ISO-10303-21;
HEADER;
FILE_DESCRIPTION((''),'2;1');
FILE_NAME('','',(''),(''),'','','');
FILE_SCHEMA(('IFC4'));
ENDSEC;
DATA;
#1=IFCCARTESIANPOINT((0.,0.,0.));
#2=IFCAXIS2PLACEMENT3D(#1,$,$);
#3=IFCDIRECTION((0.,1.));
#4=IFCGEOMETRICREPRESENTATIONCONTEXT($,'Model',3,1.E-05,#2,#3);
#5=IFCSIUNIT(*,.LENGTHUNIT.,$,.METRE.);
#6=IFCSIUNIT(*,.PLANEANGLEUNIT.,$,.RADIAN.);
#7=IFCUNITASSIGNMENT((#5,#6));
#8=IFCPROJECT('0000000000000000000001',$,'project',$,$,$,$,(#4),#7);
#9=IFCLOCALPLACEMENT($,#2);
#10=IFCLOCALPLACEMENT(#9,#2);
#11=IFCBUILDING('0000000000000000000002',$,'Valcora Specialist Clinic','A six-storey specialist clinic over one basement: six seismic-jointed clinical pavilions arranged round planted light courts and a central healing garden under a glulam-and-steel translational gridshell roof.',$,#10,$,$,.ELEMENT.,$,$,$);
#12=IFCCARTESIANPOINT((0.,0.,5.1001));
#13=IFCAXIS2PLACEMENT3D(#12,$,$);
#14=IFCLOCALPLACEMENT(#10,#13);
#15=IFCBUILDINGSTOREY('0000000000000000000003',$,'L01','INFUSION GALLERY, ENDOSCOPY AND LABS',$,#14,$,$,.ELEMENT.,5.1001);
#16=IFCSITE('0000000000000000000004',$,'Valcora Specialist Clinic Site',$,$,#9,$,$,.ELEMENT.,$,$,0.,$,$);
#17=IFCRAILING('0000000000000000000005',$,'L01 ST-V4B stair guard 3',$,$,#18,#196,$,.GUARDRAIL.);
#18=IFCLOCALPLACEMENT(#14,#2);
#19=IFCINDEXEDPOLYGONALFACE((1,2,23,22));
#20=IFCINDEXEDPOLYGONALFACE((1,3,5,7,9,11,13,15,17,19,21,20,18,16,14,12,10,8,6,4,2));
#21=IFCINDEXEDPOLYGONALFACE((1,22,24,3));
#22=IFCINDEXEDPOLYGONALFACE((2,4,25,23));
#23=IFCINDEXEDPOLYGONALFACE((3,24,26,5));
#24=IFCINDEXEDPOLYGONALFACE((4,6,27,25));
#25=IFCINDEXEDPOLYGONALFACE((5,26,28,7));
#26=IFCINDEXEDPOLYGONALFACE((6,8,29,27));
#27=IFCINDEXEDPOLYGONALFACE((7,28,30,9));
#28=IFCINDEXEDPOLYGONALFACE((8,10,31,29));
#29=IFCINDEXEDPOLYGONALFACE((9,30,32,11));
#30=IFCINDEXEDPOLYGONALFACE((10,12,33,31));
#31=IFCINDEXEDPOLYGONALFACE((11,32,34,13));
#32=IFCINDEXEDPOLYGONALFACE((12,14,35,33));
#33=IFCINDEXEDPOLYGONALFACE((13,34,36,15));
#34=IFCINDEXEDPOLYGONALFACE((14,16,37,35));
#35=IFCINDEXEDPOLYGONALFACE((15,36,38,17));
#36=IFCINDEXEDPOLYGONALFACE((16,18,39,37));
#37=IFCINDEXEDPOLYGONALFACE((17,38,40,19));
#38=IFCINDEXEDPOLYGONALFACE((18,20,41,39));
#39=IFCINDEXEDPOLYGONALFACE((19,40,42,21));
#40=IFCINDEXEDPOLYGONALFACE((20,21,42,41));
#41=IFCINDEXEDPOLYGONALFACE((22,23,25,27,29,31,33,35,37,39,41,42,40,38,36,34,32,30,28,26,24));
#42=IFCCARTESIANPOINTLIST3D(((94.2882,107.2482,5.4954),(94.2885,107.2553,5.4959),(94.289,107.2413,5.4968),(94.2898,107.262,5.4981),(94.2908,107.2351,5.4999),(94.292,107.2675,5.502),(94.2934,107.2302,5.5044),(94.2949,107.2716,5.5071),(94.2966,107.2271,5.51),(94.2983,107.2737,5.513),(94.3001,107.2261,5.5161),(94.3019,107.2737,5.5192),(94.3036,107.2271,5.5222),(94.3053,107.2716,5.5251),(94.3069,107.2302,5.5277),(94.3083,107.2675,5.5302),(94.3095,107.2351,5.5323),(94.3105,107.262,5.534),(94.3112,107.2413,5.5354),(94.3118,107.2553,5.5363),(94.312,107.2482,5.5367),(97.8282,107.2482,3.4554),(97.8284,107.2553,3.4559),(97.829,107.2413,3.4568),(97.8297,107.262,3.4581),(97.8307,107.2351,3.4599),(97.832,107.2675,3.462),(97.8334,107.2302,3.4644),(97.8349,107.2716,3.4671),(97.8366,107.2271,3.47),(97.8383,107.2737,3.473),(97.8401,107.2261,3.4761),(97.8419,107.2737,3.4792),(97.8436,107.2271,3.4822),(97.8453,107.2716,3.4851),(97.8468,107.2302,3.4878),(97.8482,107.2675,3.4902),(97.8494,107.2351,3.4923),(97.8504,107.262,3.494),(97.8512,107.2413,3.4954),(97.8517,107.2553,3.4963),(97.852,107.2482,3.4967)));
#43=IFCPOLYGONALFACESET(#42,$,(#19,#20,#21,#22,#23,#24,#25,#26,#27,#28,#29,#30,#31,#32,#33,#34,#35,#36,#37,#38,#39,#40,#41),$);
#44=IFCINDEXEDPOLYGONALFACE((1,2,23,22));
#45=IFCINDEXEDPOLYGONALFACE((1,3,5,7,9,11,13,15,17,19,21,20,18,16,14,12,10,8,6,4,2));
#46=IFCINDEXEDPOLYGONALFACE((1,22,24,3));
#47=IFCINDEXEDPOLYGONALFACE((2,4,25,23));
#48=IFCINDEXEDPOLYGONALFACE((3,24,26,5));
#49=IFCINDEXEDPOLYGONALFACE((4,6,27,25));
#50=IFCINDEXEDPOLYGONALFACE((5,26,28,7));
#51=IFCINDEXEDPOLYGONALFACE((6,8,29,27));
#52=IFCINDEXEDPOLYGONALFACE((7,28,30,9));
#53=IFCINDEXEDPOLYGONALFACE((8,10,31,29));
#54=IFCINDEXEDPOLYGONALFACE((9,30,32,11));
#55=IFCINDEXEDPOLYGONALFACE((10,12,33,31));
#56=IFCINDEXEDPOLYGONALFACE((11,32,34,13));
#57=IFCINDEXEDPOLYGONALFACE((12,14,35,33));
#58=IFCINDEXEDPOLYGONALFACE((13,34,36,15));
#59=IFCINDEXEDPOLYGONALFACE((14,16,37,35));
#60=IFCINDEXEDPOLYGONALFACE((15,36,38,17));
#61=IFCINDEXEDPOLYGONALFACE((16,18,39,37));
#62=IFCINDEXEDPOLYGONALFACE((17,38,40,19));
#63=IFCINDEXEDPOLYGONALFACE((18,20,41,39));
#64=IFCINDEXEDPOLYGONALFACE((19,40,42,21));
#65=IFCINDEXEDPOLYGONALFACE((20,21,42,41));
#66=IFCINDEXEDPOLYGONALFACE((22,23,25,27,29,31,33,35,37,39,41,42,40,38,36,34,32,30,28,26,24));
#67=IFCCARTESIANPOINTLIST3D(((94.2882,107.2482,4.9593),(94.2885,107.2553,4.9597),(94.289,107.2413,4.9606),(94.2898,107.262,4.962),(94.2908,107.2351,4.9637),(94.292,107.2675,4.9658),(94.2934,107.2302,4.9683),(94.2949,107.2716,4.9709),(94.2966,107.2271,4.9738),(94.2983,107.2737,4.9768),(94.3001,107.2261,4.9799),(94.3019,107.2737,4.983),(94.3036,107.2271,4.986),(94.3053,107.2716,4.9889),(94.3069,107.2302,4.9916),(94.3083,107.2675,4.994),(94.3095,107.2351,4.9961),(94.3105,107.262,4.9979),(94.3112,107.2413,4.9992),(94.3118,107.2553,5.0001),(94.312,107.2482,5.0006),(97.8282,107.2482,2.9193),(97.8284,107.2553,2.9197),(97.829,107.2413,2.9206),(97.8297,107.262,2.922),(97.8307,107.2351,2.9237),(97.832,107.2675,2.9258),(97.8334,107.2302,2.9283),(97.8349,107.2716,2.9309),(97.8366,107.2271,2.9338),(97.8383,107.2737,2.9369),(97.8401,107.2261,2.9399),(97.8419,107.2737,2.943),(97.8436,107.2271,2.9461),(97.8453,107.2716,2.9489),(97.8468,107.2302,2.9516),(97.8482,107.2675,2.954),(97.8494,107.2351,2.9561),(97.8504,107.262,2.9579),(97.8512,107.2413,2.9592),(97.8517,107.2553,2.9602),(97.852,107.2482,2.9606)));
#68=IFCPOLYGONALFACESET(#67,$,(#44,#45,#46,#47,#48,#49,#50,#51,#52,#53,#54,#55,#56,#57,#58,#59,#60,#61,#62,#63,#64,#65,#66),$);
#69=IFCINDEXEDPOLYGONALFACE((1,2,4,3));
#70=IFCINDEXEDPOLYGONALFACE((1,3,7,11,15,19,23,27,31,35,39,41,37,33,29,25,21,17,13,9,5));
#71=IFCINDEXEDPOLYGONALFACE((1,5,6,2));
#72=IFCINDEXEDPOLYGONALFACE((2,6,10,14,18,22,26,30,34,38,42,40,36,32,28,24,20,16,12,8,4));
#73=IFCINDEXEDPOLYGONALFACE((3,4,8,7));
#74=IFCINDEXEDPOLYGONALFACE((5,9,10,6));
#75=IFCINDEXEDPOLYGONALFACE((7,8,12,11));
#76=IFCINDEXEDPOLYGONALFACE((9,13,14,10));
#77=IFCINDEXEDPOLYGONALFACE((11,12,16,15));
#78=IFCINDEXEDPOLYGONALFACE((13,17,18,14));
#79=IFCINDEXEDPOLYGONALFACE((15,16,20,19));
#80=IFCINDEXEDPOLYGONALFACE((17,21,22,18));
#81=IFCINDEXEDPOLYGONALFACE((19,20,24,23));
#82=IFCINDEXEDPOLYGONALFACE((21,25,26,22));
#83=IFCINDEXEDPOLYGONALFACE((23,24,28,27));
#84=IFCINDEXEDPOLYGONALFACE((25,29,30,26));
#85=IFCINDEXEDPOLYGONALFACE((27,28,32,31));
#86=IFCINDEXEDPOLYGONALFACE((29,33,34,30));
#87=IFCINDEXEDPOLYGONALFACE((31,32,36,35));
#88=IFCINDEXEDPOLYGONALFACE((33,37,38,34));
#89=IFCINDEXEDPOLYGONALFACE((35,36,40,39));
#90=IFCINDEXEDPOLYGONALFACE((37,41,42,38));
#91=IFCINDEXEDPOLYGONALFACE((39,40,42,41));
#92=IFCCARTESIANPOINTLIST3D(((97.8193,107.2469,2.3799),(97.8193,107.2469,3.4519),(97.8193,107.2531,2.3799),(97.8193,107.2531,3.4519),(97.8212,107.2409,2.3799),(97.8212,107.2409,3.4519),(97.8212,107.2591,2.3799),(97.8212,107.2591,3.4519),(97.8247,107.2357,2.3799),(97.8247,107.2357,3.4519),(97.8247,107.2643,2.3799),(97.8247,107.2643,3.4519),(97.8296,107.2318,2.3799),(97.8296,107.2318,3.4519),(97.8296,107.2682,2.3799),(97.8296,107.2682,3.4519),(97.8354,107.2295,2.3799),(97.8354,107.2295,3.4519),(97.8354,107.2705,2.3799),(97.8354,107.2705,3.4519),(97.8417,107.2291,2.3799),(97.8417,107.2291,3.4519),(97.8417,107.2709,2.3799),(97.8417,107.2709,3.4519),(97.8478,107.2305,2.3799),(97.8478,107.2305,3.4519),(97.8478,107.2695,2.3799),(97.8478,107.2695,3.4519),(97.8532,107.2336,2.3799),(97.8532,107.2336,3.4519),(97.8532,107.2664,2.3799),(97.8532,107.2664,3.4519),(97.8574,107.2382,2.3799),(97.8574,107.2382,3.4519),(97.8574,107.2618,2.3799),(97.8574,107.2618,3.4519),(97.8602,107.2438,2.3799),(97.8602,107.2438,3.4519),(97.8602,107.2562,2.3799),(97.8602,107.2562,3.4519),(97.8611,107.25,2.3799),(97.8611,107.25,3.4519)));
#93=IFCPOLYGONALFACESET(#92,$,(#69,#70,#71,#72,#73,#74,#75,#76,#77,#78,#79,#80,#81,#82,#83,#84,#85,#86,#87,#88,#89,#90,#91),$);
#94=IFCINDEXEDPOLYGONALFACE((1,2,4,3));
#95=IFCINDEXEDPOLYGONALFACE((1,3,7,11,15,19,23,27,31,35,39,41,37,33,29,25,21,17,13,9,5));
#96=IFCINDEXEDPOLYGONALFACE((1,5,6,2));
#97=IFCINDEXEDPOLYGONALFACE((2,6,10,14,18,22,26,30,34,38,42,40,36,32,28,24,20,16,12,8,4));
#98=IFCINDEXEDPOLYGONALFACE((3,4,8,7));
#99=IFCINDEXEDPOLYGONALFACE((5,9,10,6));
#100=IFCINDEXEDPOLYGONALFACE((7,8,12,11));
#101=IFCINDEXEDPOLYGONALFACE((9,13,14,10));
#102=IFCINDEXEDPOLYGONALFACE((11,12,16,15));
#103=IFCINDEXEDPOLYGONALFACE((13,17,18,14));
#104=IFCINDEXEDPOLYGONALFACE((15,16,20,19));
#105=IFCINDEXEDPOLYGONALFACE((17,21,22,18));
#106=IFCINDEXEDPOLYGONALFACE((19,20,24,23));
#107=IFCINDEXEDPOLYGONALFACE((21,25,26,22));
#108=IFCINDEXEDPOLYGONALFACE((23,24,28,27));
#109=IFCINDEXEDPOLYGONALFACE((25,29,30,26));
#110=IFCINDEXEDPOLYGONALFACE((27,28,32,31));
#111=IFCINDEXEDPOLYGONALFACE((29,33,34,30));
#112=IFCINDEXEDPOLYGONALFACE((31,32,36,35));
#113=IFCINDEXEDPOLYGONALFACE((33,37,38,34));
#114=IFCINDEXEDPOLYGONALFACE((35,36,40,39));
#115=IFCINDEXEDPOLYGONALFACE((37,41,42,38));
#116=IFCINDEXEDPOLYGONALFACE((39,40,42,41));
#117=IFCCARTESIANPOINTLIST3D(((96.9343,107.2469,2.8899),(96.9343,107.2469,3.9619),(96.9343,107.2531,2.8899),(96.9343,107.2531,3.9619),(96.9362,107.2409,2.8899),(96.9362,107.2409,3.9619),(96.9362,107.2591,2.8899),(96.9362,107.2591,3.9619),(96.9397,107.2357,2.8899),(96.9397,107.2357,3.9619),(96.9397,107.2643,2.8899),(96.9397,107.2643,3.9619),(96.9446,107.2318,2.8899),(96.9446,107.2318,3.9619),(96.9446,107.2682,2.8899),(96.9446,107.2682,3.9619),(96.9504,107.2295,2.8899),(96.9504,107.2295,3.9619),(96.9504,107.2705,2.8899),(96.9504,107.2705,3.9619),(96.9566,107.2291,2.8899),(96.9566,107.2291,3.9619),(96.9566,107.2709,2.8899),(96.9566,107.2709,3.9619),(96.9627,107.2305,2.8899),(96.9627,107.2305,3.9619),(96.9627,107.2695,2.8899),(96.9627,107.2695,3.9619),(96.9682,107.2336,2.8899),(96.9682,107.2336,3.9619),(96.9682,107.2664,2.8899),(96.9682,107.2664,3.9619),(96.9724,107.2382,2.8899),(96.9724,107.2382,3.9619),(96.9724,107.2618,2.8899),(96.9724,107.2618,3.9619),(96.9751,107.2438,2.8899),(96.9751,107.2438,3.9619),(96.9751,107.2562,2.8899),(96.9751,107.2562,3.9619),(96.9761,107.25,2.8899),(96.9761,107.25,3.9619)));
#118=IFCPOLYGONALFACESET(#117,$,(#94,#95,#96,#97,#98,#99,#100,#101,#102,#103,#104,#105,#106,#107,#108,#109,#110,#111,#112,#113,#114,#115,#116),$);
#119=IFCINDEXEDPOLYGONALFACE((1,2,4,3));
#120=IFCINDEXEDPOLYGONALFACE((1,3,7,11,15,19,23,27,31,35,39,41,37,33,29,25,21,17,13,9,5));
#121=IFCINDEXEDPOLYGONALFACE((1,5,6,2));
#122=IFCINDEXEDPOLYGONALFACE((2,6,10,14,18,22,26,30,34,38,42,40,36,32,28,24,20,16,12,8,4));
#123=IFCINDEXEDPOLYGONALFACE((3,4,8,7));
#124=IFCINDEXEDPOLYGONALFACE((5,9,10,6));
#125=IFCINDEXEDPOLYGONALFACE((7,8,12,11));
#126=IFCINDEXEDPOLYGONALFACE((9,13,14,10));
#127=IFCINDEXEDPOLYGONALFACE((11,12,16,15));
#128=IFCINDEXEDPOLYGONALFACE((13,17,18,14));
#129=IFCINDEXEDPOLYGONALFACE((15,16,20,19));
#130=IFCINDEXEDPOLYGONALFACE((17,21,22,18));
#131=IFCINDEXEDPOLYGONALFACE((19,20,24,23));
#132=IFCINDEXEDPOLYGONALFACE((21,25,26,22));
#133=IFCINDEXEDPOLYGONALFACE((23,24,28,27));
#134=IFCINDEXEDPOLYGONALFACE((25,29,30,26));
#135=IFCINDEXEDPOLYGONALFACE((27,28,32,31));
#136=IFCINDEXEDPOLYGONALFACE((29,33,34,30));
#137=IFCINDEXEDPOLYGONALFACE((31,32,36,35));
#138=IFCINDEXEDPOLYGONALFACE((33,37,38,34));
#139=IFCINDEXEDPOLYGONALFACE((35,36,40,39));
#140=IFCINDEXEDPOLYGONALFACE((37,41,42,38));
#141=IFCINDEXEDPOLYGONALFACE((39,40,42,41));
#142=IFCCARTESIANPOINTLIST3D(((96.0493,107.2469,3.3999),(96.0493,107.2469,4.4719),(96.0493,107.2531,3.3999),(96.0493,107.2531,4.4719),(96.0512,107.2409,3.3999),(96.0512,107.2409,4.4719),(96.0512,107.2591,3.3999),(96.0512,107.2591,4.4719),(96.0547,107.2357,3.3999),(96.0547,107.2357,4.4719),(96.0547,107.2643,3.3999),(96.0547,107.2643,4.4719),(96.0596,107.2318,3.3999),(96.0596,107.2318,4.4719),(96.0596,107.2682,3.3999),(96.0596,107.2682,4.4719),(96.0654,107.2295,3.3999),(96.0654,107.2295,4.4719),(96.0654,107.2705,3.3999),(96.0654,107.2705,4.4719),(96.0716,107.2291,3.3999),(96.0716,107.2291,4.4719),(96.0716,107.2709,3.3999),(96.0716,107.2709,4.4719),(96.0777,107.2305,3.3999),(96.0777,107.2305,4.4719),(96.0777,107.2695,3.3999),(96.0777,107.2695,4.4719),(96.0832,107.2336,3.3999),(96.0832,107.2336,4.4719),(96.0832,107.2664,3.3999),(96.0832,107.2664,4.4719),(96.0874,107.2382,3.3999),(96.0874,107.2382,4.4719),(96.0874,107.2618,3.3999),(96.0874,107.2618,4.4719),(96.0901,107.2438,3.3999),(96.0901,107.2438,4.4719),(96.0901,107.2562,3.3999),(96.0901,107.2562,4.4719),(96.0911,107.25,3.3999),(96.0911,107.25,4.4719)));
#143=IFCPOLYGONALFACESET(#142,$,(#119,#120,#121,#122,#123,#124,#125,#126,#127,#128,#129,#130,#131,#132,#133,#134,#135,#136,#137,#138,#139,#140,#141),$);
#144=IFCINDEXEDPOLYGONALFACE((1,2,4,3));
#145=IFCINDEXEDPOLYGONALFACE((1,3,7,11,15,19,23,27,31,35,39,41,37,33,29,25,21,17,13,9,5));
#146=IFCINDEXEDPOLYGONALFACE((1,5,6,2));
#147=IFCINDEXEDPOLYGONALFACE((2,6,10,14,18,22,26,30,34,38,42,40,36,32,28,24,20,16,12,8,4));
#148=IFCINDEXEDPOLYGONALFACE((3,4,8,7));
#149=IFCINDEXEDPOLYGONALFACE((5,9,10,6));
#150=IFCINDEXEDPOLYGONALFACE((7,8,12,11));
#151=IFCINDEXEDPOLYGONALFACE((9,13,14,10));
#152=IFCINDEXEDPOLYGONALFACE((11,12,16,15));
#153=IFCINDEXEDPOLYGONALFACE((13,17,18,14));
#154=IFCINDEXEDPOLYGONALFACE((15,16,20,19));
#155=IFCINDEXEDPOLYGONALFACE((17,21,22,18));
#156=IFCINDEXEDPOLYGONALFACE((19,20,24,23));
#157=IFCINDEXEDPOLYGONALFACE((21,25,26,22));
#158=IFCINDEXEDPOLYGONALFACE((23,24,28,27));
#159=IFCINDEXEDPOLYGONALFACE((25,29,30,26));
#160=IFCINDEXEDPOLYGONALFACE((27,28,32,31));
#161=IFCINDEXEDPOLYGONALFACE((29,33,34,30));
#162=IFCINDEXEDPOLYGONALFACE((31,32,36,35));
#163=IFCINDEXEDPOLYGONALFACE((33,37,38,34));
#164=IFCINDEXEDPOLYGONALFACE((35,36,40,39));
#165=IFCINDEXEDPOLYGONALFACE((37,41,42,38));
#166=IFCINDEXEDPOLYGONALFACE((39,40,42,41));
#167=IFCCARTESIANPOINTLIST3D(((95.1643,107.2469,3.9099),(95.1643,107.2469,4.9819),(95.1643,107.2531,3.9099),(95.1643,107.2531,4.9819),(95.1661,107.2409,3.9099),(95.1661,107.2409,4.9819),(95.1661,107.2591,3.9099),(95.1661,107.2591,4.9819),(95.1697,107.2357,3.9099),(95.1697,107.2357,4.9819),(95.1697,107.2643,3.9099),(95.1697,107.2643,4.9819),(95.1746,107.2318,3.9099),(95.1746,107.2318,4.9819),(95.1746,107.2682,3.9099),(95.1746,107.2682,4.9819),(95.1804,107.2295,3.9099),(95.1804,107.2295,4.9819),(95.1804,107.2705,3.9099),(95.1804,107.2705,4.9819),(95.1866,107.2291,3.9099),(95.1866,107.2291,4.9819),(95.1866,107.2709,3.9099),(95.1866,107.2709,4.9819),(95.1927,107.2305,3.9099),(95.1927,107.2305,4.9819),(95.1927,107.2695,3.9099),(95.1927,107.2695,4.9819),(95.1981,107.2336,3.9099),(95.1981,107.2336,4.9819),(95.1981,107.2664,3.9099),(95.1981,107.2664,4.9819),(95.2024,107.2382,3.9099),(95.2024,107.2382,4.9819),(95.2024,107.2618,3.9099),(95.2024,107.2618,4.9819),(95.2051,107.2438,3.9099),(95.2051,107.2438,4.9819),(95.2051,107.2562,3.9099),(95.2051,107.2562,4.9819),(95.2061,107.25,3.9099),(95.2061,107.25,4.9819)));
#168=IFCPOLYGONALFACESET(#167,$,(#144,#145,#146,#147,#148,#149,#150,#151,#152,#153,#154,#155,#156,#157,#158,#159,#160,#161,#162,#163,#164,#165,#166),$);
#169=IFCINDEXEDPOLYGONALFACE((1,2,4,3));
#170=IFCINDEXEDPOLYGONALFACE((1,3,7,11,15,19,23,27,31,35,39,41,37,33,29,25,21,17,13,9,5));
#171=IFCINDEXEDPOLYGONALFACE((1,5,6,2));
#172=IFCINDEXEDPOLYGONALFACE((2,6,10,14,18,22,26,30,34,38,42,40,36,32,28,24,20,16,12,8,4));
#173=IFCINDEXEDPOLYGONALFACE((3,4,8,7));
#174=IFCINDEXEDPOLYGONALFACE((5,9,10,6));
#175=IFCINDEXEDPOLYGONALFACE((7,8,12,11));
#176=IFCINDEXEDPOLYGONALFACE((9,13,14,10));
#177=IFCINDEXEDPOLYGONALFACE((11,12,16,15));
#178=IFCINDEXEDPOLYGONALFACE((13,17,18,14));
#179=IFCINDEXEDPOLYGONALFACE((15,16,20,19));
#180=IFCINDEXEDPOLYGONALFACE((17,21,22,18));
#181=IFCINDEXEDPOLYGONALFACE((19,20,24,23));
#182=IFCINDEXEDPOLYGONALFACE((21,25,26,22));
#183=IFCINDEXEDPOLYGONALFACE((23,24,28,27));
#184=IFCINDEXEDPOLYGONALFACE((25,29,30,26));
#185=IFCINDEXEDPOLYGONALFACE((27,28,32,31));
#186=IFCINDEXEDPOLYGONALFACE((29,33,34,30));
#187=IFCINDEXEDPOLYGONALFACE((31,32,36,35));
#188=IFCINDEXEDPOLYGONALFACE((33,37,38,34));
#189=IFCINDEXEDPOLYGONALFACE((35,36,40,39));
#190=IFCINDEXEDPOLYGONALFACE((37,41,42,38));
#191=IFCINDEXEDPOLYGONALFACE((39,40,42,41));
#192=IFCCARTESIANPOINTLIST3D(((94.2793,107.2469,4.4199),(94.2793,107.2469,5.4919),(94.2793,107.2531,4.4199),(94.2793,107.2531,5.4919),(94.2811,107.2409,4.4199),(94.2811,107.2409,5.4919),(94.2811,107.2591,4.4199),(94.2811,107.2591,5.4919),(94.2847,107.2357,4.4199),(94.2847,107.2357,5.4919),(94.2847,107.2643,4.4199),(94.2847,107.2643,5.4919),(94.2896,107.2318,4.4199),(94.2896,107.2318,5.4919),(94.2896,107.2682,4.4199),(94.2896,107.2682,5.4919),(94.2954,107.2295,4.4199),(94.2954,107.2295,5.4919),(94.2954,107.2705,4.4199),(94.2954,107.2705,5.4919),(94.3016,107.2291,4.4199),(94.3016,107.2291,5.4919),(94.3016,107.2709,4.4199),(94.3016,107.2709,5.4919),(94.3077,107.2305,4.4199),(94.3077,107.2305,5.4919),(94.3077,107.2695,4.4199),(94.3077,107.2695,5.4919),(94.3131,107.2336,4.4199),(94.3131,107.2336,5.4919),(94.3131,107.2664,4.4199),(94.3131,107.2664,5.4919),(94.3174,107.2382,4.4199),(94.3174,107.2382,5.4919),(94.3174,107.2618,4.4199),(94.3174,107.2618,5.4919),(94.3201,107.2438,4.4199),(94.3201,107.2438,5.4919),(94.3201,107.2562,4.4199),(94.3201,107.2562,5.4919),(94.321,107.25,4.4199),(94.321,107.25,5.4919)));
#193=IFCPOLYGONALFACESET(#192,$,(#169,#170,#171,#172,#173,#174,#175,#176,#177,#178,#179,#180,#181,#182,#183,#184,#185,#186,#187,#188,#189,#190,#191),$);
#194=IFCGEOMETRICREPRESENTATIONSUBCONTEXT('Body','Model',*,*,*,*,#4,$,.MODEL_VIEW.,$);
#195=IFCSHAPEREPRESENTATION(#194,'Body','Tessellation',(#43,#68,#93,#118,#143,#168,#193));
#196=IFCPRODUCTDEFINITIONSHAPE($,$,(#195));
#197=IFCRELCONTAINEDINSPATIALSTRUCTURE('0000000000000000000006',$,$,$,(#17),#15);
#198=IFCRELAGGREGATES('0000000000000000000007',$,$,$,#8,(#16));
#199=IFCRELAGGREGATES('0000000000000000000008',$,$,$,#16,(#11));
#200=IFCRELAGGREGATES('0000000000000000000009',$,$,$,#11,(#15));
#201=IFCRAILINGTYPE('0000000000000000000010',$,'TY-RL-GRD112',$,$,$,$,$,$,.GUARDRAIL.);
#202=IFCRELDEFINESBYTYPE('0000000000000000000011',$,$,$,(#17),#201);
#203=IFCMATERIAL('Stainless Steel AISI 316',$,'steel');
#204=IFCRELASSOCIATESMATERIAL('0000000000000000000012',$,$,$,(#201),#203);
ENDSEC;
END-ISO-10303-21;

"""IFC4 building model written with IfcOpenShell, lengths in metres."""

from ifc_helpers import new_model, si_unit, direction, frame, origin, origin_2d, place, context, subcontext, project, spatial, circle, extrude, material, type_object, element, save


model = new_model("IFC4")

# Units and contexts
model_context = context("Model", 3, precision=1e-05, world=origin(), true_north=direction((0.0, 1.0)))
body_context = subcontext(model_context, "Body", "Model", "MODEL_VIEW")
ifc_project = project(units=[si_unit("LENGTHUNIT", "METRE"), si_unit("PLANEANGLEUNIT", "RADIAN")], contexts=[model_context])

# Site, building, storey
site_placement = place(None, origin())
site = spatial("IfcSite", under=ifc_project, at=site_placement, Name="Valcora Specialist Clinic Site", CompositionType="ELEMENT", RefElevation=0.0)
building_placement = place(site_placement, origin())
building = spatial("IfcBuilding", under=site, at=building_placement, Name="Valcora Specialist Clinic", Description="A six-storey specialist clinic over one basement: six seismic-jointed clinical pavilions arranged round planted light courts and a central healing garden under a glulam-and-steel translational gridshell roof.", CompositionType="ELEMENT")
storey_placement = place(building_placement, frame((0.0, 0.0, 5.1001)))
storey = spatial("IfcBuildingStorey", under=building, at=storey_placement, Name="L01", Description="INFUSION GALLERY, ENDOSCOPY AND LABS", CompositionType="ELEMENT", Elevation=5.1001)

# Railing
ifc_material_1 = material(Name="Stainless Steel AISI 316", Category="steel")
railing_type_1 = type_object("IfcRailingType", Name="TY-RL-GRD112", PredefinedType="GUARDRAIL", material=ifc_material_1)
railing_1_placement = place(storey_placement, frame((97.8401, 107.25, 2.3799)))
element("IfcRailing", 1, at=railing_1_placement, inside=storey, type_object=railing_type_1, Name="L01 ST-V4B stair guard 3", PredefinedType="GUARDRAIL", context=body_context, shape_type="SweptSolid", body=[
    extrude(circle(Radius=0.0239, at=origin_2d()), frame((0.0, 0.0, 1.0962), z_axis=(-0.866428, 0.0, 0.499302), x_axis=(0.0, -1.0, 0.0)), (0.0, 0.0, 1.0), 4.0857),
    extrude(circle(Radius=0.0239, at=origin_2d()), frame((0.0, 0.0, 0.5601), z_axis=(-0.866428, 0.0, 0.499302), x_axis=(0.0, -1.0, 0.0)), (0.0, 0.0, 1.0), 4.0857),
    extrude(circle(Radius=0.021, at=origin_2d()), origin(), (0.0, 0.0, 1.0), 1.072),
    extrude(circle(Radius=0.021, at=origin_2d()), frame((-0.885, 0.0, 0.51)), (0.0, 0.0, 1.0), 1.072),
    extrude(circle(Radius=0.021, at=origin_2d()), frame((-1.77, 0.0, 1.02)), (0.0, 0.0, 1.0), 1.072),
    extrude(circle(Radius=0.021, at=origin_2d()), frame((-2.655, 0.0, 1.53)), (0.0, 0.0, 1.0), 1.072),
    extrude(circle(Radius=0.021, at=origin_2d()), frame((-3.54, 0.0, 2.04)), (0.0, 0.0, 1.0), 1.072),
])

save(model, "model.ifc")
